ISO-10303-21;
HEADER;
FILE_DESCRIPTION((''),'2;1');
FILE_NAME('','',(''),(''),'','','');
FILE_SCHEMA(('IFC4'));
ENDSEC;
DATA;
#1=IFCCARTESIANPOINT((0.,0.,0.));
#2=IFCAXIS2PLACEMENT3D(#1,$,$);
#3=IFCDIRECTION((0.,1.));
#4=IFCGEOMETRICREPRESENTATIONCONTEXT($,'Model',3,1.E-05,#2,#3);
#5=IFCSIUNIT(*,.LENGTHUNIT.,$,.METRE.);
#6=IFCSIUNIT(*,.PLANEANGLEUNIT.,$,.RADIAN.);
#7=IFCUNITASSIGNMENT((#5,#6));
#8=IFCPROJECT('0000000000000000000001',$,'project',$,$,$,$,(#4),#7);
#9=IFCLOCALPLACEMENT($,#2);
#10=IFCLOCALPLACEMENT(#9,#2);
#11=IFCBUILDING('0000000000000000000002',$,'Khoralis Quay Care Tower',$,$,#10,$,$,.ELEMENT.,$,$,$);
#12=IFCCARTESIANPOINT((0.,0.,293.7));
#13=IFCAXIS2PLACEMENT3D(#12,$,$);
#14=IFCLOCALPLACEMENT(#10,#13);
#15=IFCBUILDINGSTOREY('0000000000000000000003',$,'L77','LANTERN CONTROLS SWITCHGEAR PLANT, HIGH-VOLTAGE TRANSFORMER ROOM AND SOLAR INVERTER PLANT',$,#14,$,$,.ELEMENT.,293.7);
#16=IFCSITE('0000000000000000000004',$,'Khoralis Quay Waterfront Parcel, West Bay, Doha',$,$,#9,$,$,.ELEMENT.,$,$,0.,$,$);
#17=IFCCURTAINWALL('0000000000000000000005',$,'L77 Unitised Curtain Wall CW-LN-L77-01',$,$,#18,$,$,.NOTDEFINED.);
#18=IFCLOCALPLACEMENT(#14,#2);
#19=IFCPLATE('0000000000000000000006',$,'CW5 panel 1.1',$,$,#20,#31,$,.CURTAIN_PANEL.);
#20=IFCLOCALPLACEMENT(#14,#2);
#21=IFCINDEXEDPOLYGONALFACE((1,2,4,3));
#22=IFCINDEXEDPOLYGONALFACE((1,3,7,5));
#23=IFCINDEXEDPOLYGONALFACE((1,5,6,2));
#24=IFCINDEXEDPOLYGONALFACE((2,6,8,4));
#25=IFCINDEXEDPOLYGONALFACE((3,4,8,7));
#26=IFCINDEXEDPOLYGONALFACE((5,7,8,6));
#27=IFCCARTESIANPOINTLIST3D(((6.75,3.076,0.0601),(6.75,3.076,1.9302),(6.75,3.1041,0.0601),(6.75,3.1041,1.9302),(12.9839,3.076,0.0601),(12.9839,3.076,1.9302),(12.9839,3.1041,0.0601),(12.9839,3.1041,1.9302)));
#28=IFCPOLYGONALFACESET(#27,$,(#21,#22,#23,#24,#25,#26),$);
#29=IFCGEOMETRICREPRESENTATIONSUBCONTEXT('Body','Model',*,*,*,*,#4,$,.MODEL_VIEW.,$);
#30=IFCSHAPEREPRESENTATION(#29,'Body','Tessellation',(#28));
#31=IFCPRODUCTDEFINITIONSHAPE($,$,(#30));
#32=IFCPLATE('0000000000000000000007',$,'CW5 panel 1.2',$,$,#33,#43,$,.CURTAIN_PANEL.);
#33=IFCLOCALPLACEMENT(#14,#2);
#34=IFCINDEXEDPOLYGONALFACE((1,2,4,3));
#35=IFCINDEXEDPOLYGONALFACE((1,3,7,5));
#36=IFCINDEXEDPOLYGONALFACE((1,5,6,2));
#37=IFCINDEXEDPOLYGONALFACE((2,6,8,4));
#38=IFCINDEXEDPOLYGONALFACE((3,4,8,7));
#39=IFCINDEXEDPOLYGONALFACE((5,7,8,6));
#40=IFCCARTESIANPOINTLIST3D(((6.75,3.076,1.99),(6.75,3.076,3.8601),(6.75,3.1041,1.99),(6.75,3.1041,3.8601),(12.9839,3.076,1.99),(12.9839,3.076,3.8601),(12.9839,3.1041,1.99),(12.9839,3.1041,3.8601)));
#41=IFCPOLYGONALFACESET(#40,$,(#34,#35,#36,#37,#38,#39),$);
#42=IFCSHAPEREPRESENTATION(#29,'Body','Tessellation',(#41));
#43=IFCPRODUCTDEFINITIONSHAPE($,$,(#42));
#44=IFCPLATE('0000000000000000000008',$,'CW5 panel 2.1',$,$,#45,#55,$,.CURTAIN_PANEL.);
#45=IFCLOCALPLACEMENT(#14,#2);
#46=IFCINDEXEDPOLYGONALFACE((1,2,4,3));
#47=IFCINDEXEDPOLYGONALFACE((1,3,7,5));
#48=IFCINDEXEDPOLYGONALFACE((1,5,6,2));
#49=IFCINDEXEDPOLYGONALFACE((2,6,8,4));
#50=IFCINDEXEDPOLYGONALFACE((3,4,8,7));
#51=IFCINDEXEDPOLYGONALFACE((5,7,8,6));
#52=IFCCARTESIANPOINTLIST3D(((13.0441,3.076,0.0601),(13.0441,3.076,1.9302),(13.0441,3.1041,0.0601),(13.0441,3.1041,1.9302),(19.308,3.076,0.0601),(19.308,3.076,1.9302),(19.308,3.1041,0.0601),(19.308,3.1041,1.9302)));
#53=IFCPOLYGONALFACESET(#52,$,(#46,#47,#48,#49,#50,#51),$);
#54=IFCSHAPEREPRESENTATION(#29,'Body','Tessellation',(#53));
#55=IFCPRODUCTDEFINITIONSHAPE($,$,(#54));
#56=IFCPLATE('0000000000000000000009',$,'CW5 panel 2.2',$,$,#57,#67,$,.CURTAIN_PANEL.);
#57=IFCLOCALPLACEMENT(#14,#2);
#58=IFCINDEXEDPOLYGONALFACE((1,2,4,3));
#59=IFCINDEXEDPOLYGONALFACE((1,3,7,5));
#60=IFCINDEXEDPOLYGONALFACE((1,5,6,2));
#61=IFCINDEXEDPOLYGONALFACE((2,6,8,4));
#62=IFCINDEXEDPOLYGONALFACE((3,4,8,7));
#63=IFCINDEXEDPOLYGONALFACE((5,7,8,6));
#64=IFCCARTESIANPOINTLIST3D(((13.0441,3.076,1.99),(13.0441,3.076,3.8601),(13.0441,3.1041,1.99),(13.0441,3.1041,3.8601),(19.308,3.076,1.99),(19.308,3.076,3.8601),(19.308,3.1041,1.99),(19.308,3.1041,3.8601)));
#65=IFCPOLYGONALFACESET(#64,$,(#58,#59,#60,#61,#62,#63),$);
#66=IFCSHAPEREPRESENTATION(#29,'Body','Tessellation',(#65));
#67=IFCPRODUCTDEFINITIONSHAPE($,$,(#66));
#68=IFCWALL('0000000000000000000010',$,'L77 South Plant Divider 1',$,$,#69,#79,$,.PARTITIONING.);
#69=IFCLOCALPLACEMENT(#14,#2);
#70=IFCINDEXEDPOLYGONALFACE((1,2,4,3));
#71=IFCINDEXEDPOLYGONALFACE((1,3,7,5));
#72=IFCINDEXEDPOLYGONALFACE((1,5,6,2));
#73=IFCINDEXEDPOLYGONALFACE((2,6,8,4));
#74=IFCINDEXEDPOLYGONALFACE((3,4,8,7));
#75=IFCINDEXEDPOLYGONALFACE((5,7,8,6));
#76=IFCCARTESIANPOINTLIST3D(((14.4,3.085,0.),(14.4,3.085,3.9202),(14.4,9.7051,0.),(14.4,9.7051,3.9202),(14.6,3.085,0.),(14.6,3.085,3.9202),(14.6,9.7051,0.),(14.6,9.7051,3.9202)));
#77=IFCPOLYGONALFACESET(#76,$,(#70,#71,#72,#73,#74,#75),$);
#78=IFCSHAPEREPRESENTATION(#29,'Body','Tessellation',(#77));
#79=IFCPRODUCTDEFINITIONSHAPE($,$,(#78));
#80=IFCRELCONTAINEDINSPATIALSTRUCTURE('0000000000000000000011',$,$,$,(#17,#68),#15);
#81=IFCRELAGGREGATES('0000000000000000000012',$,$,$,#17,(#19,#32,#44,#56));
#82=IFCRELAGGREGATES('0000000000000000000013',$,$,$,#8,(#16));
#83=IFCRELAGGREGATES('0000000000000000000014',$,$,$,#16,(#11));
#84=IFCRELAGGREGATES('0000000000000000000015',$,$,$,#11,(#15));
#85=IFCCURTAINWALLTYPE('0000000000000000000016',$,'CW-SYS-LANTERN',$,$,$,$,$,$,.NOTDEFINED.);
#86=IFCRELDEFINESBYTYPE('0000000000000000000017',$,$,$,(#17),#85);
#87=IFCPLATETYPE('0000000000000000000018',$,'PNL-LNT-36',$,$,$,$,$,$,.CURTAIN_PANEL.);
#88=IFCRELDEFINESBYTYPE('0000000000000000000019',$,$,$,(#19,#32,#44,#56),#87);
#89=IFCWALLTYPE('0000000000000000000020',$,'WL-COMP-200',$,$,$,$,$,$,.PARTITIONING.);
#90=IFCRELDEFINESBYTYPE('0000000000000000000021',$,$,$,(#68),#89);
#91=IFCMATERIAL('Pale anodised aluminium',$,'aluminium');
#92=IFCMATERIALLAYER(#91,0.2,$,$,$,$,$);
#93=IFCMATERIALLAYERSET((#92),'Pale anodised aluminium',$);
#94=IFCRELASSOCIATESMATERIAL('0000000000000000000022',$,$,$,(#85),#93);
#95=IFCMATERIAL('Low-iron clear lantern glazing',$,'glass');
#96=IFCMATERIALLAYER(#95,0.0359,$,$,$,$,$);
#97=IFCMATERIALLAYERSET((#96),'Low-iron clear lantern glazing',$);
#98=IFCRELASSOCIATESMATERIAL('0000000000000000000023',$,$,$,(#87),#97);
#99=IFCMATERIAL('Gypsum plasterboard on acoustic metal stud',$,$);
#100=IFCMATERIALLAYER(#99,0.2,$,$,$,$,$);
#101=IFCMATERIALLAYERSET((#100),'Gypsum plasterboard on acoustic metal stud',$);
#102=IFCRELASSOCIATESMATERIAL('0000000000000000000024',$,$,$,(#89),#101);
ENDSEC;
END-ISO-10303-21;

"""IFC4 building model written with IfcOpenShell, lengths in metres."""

from ifc_helpers import new_model, si_unit, direction, frame, frame_2d, origin, origin_2d, place, context, subcontext, project, spatial, rectangle, extrude, source, transform, mapped, material, layer, layer_set, type_object, element, aggregate, save


model = new_model("IFC4")

# Units and contexts
model_context = context("Model", 3, precision=1e-05, world=origin(), true_north=direction((0.0, 1.0)))
body_context = subcontext(model_context, "Body", "Model", "MODEL_VIEW")
ifc_project = project(units=[si_unit("LENGTHUNIT", "METRE"), si_unit("PLANEANGLEUNIT", "RADIAN")], contexts=[model_context])

# Site, building, storey
site_placement = place(None, origin())
site = spatial("IfcSite", under=ifc_project, at=site_placement, Name="Khoralis Quay Waterfront Parcel, West Bay, Doha", CompositionType="ELEMENT", RefElevation=0.0)
building_placement = place(site_placement, origin())
building = spatial("IfcBuilding", under=site, at=building_placement, Name="Khoralis Quay Care Tower", CompositionType="ELEMENT")
storey_placement = place(building_placement, frame((0.0, 0.0, 293.7)))
storey = spatial("IfcBuildingStorey", under=building, at=storey_placement, Name="L77", Description="LANTERN CONTROLS SWITCHGEAR PLANT, HIGH-VOLTAGE TRANSFORMER ROOM AND SOLAR INVERTER PLANT", CompositionType="ELEMENT", Elevation=293.7)

# Curtain wall
ifc_material_1 = material(Name="Pale anodised aluminium", Category="aluminium")
ifc_layer_1 = layer(ifc_material_1, 0.2)
ifc_layer_set_1 = layer_set([ifc_layer_1], Name="Pale anodised aluminium")
curtain_wall_type = type_object("IfcCurtainWallType", Name="CW-SYS-LANTERN", PredefinedType="NOTDEFINED", material=ifc_layer_set_1)
curtain_wall_1_placement = place(storey_placement, origin())
curtain_wall_1 = element("IfcCurtainWall", 1, at=curtain_wall_1_placement, inside=storey, type_object=curtain_wall_type, Name="L77 Unitised Curtain Wall CW-LN-L77-01", PredefinedType="NOTDEFINED")

# Plates
ifc_material_2 = material(Name="Low-iron clear lantern glazing", Category="glass")
ifc_layer_2 = layer(ifc_material_2, 0.0359)
ifc_layer_set_2 = layer_set([ifc_layer_2], Name="Low-iron clear lantern glazing")
plate_type_1 = type_object("IfcPlateType", Name="PNL-LNT-36", PredefinedType="CURTAIN_PANEL", material=ifc_layer_set_2)
shared_shape_1 = source(origin(), body_context, "Body", "SweptSolid", [
    extrude(rectangle(XDim=6.2339, YDim=0.0281, at=origin_2d()), origin(), (0.0, 0.0, 1.0), 1.8701),
])
plate_1_placement = place(storey_placement, frame((9.8669, 3.0901, 0.0601), z_axis=(0.0, 0.0, 1.0), x_axis=(1.0, 0.0, 0.0)))
plate_1 = element("IfcPlate", 2, at=plate_1_placement, type_object=plate_type_1, Name="CW5 panel 1.1", PredefinedType="CURTAIN_PANEL", context=body_context, shape_type="MappedRepresentation", body=[
    mapped(shared_shape_1, transform((0.0, 0.0, 0.0), scale=1.0)),
])
plate_2_placement = place(storey_placement, frame((9.8669, 3.0901, 1.99), z_axis=(0.0, 0.0, 1.0), x_axis=(1.0, 0.0, 0.0)))
plate_2 = element("IfcPlate", 3, at=plate_2_placement, type_object=plate_type_1, Name="CW5 panel 1.2", PredefinedType="CURTAIN_PANEL", context=body_context, shape_type="MappedRepresentation", body=[
    mapped(shared_shape_1, transform((0.0, 0.0, 0.0), scale=1.0)),
])
shared_shape_2 = source(origin(), body_context, "Body", "SweptSolid", [
    extrude(rectangle(XDim=6.2639, YDim=0.0281, at=origin_2d()), origin(), (0.0, 0.0, 1.0), 1.8701),
])
plate_3_placement = place(storey_placement, frame((16.176, 3.0901, 0.0601), z_axis=(0.0, 0.0, 1.0), x_axis=(1.0, 0.0, 0.0)))
plate_3 = element("IfcPlate", 4, at=plate_3_placement, type_object=plate_type_1, Name="CW5 panel 2.1", PredefinedType="CURTAIN_PANEL", context=body_context, shape_type="MappedRepresentation", body=[
    mapped(shared_shape_2, transform((0.0, 0.0, 0.0), scale=1.0)),
])
plate_4_placement = place(storey_placement, frame((16.176, 3.0901, 1.99), z_axis=(0.0, 0.0, 1.0), x_axis=(1.0, 0.0, 0.0)))
plate_4 = element("IfcPlate", 5, at=plate_4_placement, type_object=plate_type_1, Name="CW5 panel 2.2", PredefinedType="CURTAIN_PANEL", context=body_context, shape_type="MappedRepresentation", body=[
    mapped(shared_shape_2, transform((0.0, 0.0, 0.0), scale=1.0)),
])
aggregate(curtain_wall_1, [plate_1, plate_2, plate_3, plate_4])

# Wall
ifc_material_3 = material(Name="Gypsum plasterboard on acoustic metal stud")
ifc_layer_3 = layer(ifc_material_3, 0.2)
ifc_layer_set_3 = layer_set([ifc_layer_3], Name="Gypsum plasterboard on acoustic metal stud")
wall_type = type_object("IfcWallType", Name="WL-COMP-200", PredefinedType="PARTITIONING", material=ifc_layer_set_3)
wall_placement = place(storey_placement, frame((14.5, 3.085, 0.0), z_axis=(0.0, 0.0, 1.0), x_axis=(0.0, 1.0, 0.0)))
element("IfcWall", 6, at=wall_placement, inside=storey, type_object=wall_type, Name="L77 South Plant Divider 1", PredefinedType="PARTITIONING", context=body_context, shape_type="SweptSolid", body=[
    extrude(rectangle(XDim=6.6201, YDim=0.2, at=frame_2d((3.3101, 0.0))), origin(), (0.0, 0.0, 1.0), 3.9202),
])

save(model, "model.ifc")
